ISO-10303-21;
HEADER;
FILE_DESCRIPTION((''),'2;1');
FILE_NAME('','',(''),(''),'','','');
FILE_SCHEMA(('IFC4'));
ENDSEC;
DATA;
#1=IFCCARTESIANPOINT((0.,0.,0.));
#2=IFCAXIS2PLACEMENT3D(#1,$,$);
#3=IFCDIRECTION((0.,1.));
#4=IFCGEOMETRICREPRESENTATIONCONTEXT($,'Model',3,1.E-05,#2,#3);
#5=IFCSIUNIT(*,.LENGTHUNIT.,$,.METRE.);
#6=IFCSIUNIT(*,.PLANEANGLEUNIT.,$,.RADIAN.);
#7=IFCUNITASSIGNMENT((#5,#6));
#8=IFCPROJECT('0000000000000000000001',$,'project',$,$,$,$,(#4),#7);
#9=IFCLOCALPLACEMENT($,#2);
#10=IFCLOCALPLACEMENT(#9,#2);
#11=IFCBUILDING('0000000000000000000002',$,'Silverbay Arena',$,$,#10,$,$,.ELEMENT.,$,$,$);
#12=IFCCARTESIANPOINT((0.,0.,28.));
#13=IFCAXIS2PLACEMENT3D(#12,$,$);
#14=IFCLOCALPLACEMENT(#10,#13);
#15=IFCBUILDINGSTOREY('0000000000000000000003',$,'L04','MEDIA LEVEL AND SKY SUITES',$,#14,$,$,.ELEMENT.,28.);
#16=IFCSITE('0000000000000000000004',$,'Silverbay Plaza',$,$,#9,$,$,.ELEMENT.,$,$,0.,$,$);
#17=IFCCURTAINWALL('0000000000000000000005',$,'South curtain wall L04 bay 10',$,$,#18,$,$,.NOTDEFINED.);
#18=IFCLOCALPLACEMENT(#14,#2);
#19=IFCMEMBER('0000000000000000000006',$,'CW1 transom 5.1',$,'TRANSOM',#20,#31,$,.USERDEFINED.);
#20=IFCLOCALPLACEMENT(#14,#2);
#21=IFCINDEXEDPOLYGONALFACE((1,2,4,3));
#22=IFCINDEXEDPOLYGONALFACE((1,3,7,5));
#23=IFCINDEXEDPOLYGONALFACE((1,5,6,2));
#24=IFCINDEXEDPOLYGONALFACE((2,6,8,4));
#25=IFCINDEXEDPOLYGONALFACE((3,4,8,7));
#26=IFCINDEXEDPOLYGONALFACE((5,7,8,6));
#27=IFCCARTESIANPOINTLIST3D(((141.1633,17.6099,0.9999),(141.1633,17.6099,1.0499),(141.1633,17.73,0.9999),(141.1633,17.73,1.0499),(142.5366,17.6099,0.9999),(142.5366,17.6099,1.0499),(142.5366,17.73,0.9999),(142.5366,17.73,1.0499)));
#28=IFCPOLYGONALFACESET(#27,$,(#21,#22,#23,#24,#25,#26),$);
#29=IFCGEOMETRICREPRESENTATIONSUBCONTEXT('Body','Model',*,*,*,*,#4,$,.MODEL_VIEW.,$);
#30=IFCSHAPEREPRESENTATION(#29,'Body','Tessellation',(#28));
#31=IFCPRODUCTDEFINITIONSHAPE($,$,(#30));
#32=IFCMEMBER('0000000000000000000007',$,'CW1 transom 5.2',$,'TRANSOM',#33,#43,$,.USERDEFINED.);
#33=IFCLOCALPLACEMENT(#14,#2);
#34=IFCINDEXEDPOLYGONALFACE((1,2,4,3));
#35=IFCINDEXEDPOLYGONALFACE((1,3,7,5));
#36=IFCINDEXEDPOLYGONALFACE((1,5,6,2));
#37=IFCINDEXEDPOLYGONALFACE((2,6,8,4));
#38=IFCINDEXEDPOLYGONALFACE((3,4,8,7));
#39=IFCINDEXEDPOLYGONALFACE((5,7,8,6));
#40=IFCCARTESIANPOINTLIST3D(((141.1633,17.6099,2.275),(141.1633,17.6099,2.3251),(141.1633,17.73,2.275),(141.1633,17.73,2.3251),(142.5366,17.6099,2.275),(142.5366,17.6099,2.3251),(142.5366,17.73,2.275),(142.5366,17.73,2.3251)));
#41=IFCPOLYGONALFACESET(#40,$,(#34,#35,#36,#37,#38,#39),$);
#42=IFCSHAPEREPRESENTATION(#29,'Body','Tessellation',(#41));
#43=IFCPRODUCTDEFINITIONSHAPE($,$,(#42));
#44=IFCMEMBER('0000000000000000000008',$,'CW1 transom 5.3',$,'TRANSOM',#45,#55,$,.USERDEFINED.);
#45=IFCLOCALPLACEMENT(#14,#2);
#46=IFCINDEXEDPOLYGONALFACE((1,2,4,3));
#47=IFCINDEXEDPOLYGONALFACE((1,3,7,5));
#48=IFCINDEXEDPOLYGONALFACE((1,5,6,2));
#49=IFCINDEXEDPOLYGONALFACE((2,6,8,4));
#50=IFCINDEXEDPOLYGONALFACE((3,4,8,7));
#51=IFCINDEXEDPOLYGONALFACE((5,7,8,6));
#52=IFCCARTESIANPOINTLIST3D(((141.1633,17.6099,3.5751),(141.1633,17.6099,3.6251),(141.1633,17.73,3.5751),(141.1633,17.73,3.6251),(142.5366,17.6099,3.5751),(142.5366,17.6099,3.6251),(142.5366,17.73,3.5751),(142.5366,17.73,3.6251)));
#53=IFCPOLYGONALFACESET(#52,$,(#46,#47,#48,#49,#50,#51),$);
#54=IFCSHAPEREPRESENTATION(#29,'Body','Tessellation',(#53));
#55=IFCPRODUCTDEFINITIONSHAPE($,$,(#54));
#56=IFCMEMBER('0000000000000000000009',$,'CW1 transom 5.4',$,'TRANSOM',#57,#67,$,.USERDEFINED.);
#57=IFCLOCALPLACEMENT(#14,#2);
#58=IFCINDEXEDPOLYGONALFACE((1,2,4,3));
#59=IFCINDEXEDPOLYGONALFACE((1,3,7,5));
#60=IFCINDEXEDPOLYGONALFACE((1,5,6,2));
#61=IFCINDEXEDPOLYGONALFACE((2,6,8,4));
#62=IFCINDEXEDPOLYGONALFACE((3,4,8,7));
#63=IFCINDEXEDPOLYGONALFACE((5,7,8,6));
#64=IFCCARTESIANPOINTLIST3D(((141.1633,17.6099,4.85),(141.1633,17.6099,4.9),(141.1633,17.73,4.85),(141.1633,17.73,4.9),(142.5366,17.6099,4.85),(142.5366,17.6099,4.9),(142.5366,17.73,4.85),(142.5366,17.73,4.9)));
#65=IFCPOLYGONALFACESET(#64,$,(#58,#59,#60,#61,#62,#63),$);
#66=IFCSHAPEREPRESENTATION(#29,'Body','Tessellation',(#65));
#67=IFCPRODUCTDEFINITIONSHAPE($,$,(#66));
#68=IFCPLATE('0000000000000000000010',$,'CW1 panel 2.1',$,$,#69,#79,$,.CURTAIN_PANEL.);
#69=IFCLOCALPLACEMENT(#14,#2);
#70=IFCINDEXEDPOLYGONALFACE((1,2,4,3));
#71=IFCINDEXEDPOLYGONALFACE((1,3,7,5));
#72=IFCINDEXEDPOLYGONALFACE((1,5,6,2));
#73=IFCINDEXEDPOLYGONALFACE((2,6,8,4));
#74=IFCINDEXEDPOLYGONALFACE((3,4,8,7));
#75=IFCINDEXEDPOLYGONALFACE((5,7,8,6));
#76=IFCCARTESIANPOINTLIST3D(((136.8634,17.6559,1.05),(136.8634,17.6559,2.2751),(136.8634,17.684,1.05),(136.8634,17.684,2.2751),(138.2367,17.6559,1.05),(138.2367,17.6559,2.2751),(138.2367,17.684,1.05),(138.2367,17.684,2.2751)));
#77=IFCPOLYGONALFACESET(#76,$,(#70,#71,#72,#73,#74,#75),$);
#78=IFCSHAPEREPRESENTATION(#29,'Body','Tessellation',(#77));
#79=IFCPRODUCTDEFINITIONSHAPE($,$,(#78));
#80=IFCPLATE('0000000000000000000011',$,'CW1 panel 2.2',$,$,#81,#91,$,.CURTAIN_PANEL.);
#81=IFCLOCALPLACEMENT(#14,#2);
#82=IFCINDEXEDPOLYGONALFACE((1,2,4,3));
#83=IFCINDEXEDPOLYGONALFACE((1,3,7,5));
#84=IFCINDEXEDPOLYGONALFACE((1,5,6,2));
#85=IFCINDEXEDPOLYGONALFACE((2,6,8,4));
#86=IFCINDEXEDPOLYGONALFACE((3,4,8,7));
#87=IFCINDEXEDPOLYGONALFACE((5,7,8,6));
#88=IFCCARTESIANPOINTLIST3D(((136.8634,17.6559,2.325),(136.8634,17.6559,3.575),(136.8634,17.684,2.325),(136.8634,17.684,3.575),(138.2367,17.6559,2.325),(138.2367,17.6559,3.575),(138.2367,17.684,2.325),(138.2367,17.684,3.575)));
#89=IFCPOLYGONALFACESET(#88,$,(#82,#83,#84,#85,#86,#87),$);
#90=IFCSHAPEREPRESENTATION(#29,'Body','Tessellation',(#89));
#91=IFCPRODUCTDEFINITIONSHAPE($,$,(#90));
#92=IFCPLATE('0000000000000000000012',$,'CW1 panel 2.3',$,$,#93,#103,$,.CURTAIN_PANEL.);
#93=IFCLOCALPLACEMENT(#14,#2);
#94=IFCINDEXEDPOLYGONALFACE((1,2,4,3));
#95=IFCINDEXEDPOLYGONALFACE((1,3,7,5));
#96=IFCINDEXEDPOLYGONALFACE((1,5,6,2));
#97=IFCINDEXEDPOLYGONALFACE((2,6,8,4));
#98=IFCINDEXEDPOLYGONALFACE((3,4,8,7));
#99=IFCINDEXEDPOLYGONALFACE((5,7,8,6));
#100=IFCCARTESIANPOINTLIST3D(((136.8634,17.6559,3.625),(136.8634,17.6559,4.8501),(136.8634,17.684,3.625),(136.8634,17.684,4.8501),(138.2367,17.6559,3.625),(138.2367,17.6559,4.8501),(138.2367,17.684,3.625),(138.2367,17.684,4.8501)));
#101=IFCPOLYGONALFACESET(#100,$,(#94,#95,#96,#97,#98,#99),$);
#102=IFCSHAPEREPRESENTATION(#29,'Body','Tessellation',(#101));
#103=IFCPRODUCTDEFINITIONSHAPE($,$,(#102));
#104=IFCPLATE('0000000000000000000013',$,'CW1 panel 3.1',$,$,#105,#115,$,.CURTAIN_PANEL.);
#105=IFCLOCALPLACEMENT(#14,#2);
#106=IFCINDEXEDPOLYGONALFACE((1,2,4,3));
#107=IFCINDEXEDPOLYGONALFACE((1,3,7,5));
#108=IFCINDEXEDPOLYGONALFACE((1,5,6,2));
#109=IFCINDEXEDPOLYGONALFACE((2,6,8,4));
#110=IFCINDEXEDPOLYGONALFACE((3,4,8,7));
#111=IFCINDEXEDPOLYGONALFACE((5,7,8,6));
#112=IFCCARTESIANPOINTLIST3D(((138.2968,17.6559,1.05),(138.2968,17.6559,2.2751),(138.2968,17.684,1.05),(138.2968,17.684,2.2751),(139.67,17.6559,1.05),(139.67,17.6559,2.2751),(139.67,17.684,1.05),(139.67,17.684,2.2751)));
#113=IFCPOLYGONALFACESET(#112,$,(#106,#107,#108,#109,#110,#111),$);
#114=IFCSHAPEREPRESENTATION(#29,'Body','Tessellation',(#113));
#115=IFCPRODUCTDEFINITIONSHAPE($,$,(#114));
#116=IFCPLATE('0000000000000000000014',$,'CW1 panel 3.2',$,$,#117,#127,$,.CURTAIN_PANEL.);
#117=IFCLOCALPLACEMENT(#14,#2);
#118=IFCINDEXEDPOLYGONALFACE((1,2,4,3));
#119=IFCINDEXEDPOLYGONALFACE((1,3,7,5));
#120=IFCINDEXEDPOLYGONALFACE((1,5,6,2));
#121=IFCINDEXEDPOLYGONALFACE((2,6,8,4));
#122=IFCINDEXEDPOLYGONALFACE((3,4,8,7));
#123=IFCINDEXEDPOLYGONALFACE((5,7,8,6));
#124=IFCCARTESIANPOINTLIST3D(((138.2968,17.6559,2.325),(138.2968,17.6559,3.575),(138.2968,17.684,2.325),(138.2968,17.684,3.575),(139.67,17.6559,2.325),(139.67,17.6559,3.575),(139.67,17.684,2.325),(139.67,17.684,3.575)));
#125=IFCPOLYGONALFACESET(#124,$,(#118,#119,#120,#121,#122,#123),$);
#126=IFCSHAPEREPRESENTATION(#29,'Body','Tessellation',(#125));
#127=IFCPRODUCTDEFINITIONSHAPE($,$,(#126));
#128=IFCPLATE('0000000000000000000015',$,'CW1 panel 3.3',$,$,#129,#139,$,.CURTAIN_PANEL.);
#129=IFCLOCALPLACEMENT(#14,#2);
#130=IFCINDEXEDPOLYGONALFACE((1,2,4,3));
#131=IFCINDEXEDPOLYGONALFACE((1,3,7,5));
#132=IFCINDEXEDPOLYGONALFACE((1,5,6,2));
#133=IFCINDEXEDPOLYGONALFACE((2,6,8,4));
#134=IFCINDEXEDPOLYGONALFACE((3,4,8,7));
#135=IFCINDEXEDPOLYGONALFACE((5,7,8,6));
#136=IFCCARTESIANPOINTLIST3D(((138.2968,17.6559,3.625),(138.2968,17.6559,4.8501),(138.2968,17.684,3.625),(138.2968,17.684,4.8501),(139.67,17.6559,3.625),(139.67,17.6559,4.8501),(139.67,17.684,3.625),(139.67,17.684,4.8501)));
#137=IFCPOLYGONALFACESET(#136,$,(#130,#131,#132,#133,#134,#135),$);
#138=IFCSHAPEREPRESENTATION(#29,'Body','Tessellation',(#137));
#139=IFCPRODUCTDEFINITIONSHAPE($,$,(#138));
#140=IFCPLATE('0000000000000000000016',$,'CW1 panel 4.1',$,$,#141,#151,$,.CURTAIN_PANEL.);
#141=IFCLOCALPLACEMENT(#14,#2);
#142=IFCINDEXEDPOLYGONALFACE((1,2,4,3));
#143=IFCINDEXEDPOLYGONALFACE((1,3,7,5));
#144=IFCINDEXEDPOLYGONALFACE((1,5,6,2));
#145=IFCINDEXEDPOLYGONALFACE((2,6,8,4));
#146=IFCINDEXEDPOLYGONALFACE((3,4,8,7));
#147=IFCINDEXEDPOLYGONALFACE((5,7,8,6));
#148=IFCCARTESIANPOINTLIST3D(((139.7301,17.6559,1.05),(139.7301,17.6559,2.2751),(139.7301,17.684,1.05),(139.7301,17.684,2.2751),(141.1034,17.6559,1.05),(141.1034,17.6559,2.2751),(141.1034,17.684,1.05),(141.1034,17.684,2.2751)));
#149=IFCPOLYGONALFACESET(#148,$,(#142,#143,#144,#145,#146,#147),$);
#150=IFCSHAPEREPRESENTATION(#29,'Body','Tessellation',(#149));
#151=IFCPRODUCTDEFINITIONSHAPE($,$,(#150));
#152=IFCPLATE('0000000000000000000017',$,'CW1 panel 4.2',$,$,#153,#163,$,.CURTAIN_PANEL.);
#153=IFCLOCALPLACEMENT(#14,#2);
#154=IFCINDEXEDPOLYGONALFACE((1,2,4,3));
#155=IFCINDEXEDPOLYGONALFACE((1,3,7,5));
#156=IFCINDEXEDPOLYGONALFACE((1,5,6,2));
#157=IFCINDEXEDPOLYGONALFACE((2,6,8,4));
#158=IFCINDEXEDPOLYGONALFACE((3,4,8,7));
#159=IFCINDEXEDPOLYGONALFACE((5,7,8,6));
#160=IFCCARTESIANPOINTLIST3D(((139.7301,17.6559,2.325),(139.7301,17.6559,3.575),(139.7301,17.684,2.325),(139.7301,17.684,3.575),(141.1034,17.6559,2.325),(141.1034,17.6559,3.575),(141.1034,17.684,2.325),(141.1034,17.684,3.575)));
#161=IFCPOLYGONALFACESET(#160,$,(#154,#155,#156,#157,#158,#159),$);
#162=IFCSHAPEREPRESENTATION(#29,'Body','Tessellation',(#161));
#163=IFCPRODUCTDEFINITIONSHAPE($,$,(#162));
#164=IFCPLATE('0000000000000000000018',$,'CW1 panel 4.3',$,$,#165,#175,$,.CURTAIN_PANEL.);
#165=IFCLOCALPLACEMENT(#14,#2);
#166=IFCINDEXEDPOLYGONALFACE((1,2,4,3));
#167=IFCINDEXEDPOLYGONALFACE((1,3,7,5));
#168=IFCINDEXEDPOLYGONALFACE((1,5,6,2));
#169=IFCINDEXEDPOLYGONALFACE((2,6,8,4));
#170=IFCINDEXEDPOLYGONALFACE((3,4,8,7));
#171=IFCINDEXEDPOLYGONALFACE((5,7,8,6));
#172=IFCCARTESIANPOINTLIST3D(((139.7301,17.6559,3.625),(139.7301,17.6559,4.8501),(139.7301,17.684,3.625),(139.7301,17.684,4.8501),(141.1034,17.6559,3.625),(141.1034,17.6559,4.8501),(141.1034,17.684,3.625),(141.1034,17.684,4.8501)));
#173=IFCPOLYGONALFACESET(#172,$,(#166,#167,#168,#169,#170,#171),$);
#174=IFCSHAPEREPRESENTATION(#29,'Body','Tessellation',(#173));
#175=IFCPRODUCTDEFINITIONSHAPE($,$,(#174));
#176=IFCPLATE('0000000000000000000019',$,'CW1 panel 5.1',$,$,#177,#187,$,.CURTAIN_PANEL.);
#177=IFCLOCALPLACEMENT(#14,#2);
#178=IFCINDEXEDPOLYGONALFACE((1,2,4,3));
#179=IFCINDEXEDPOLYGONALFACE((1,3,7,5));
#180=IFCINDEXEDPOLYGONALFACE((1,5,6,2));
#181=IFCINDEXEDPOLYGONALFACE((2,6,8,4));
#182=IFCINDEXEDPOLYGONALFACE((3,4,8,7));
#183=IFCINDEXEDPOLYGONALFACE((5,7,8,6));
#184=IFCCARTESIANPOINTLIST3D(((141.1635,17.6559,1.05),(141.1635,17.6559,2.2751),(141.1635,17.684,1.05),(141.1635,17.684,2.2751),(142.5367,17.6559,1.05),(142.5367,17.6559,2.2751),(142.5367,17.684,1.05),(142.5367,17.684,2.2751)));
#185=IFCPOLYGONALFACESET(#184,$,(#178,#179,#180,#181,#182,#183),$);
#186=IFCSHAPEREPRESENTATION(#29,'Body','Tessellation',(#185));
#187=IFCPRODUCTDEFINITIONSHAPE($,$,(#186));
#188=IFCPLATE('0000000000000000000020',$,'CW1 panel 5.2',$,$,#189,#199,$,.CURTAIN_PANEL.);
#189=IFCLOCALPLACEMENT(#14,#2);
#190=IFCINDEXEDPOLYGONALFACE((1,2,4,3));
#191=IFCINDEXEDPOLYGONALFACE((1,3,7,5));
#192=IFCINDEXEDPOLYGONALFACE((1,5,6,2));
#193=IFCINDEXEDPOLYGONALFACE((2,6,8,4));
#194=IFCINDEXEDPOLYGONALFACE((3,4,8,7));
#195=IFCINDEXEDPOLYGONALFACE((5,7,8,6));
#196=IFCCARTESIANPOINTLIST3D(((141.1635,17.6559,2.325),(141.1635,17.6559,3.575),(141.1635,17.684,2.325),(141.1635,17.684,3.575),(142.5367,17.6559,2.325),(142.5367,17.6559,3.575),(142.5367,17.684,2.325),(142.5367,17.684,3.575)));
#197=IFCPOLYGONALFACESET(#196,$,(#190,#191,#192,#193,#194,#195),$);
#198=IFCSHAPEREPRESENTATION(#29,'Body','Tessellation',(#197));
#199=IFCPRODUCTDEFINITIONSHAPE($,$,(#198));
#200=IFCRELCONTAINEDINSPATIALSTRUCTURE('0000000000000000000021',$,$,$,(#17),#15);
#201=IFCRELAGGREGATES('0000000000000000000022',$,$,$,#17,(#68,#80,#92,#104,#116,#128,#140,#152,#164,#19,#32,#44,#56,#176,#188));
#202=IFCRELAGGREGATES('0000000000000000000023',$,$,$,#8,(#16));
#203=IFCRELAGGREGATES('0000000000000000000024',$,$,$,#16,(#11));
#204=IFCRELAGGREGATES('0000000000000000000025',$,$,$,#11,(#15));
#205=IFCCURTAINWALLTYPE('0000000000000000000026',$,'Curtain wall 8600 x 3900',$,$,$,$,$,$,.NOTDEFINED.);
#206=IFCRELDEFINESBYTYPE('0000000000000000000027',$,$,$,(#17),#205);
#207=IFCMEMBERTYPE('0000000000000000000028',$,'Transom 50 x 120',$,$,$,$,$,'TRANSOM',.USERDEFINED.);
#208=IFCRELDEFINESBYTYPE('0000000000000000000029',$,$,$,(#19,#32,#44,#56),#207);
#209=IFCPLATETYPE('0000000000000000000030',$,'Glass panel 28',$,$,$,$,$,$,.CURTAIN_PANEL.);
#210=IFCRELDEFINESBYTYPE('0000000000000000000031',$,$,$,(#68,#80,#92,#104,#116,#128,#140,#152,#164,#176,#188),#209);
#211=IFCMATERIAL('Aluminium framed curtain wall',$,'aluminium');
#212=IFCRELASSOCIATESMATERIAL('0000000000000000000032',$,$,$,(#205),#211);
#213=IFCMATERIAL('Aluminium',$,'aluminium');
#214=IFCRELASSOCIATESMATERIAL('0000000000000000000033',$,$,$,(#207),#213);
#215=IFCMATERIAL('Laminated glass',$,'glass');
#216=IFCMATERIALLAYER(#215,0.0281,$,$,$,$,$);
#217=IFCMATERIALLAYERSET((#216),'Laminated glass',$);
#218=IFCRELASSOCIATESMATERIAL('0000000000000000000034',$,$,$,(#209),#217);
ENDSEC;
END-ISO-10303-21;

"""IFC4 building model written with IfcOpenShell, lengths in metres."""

from ifc_helpers import new_model, si_unit, direction, frame, origin, origin_2d, place, context, subcontext, project, spatial, rectangle, extrude, material, layer, layer_set, material_profile, profile_set, type_object, element, aggregate, save


model = new_model("IFC4")

# Units and contexts
model_context = context("Model", 3, precision=1e-05, world=origin(), true_north=direction((0.0, 1.0)))
body_context = subcontext(model_context, "Body", "Model", "MODEL_VIEW")
ifc_project = project(units=[si_unit("LENGTHUNIT", "METRE"), si_unit("PLANEANGLEUNIT", "RADIAN")], contexts=[model_context])

# Site, building, storey
site_placement = place(None, origin())
site = spatial("IfcSite", under=ifc_project, at=site_placement, Name="Silverbay Plaza", CompositionType="ELEMENT", RefElevation=0.0)
building_placement = place(site_placement, origin())
building = spatial("IfcBuilding", under=site, at=building_placement, Name="Silverbay Arena", CompositionType="ELEMENT")
storey_placement = place(building_placement, frame((0.0, 0.0, 28.0)))
storey = spatial("IfcBuildingStorey", under=building, at=storey_placement, Name="L04", Description="MEDIA LEVEL AND SKY SUITES", CompositionType="ELEMENT", Elevation=28.0)

# Curtain wall, members, plates
ifc_material_1 = material(Name="Aluminium framed curtain wall", Category="aluminium")
curtain_wall_type = type_object("IfcCurtainWallType", Name="Curtain wall 8600 x 3900", PredefinedType="NOTDEFINED", material=ifc_material_1)
curtain_wall_placement = place(storey_placement, origin())
curtain_wall = element("IfcCurtainWall", 1, at=curtain_wall_placement, inside=storey, type_object=curtain_wall_type, Name="South curtain wall L04 bay 10", PredefinedType="NOTDEFINED")
ifc_material_2 = material(Name="Aluminium", Category="aluminium")
ifc_material_profile_1 = material_profile(ifc_material_2, rectangle(XDim=0.1201, YDim=0.05, at=origin_2d()), Name="Transom 50 x 120")
ifc_profile_set_1 = profile_set([ifc_material_profile_1], Name="Aluminium")
member_type_1 = type_object("IfcMemberType", Name="Transom 50 x 120", ElementType="TRANSOM", PredefinedType="USERDEFINED", material=ifc_profile_set_1)
member_1_placement = place(storey_placement, frame((141.1633, 17.6699, 1.0249), z_axis=(1.0, 0.0, 0.0), x_axis=(0.0, 1.0, 0.0)))
member_1 = element("IfcMember", 2, at=member_1_placement, type_object=member_type_1, Name="CW1 transom 5.1", ObjectType="TRANSOM", PredefinedType="USERDEFINED", context=body_context, shape_type="SweptSolid", body=[
    extrude(rectangle(XDim=0.1201, YDim=0.05, at=origin_2d()), origin(), (0.0, 0.0, 1.0), 1.3733),
])
member_2_placement = place(storey_placement, frame((141.1633, 17.6699, 2.3), z_axis=(1.0, 0.0, 0.0), x_axis=(0.0, 1.0, 0.0)))
member_2 = element("IfcMember", 3, at=member_2_placement, type_object=member_type_1, Name="CW1 transom 5.2", ObjectType="TRANSOM", PredefinedType="USERDEFINED", context=body_context, shape_type="SweptSolid", body=[
    extrude(rectangle(XDim=0.1201, YDim=0.05, at=origin_2d()), origin(), (0.0, 0.0, 1.0), 1.3733),
])
member_3_placement = place(storey_placement, frame((141.1633, 17.6699, 3.6001), z_axis=(1.0, 0.0, 0.0), x_axis=(0.0, 1.0, 0.0)))
member_3 = element("IfcMember", 4, at=member_3_placement, type_object=member_type_1, Name="CW1 transom 5.3", ObjectType="TRANSOM", PredefinedType="USERDEFINED", context=body_context, shape_type="SweptSolid", body=[
    extrude(rectangle(XDim=0.1201, YDim=0.05, at=origin_2d()), origin(), (0.0, 0.0, 1.0), 1.3733),
])
member_4_placement = place(storey_placement, frame((141.1633, 17.6699, 4.875), z_axis=(1.0, 0.0, 0.0), x_axis=(0.0, 1.0, 0.0)))
member_4 = element("IfcMember", 5, at=member_4_placement, type_object=member_type_1, Name="CW1 transom 5.4", ObjectType="TRANSOM", PredefinedType="USERDEFINED", context=body_context, shape_type="SweptSolid", body=[
    extrude(rectangle(XDim=0.1201, YDim=0.05, at=origin_2d()), origin(), (0.0, 0.0, 1.0), 1.3733),
])
ifc_material_3 = material(Name="Laminated glass", Category="glass")
ifc_layer = layer(ifc_material_3, 0.0281)
ifc_layer_set = layer_set([ifc_layer], Name="Laminated glass")
plate_type = type_object("IfcPlateType", Name="Glass panel 28", PredefinedType="CURTAIN_PANEL", material=ifc_layer_set)
plate_1_placement = place(storey_placement, frame((137.55, 17.6699, 1.05), z_axis=(0.0, 0.0, 1.0), x_axis=(1.0, 0.0, 0.0)))
plate_1 = element("IfcPlate", 6, at=plate_1_placement, type_object=plate_type, Name="CW1 panel 2.1", PredefinedType="CURTAIN_PANEL", context=body_context, shape_type="SweptSolid", body=[
    extrude(rectangle(XDim=1.3733, YDim=0.0281, at=origin_2d()), origin(), (0.0, 0.0, 1.0), 1.2251),
])
plate_2_placement = place(storey_placement, frame((137.55, 17.6699, 2.325), z_axis=(0.0, 0.0, 1.0), x_axis=(1.0, 0.0, 0.0)))
plate_2 = element("IfcPlate", 7, at=plate_2_placement, type_object=plate_type, Name="CW1 panel 2.2", PredefinedType="CURTAIN_PANEL", context=body_context, shape_type="SweptSolid", body=[
    extrude(rectangle(XDim=1.3733, YDim=0.0281, at=origin_2d()), origin(), (0.0, 0.0, 1.0), 1.25),
])
plate_3_placement = place(storey_placement, frame((137.55, 17.6699, 3.625), z_axis=(0.0, 0.0, 1.0), x_axis=(1.0, 0.0, 0.0)))
plate_3 = element("IfcPlate", 8, at=plate_3_placement, type_object=plate_type, Name="CW1 panel 2.3", PredefinedType="CURTAIN_PANEL", context=body_context, shape_type="SweptSolid", body=[
    extrude(rectangle(XDim=1.3733, YDim=0.0281, at=origin_2d()), origin(), (0.0, 0.0, 1.0), 1.2251),
])
plate_4_placement = place(storey_placement, frame((138.9834, 17.6699, 1.05), z_axis=(0.0, 0.0, 1.0), x_axis=(1.0, 0.0, 0.0)))
plate_4 = element("IfcPlate", 9, at=plate_4_placement, type_object=plate_type, Name="CW1 panel 3.1", PredefinedType="CURTAIN_PANEL", context=body_context, shape_type="SweptSolid", body=[
    extrude(rectangle(XDim=1.3733, YDim=0.0281, at=origin_2d()), origin(), (0.0, 0.0, 1.0), 1.2251),
])
plate_5_placement = place(storey_placement, frame((138.9834, 17.6699, 2.325), z_axis=(0.0, 0.0, 1.0), x_axis=(1.0, 0.0, 0.0)))
plate_5 = element("IfcPlate", 10, at=plate_5_placement, type_object=plate_type, Name="CW1 panel 3.2", PredefinedType="CURTAIN_PANEL", context=body_context, shape_type="SweptSolid", body=[
    extrude(rectangle(XDim=1.3733, YDim=0.0281, at=origin_2d()), origin(), (0.0, 0.0, 1.0), 1.25),
])
plate_6_placement = place(storey_placement, frame((138.9834, 17.6699, 3.625), z_axis=(0.0, 0.0, 1.0), x_axis=(1.0, 0.0, 0.0)))
plate_6 = element("IfcPlate", 11, at=plate_6_placement, type_object=plate_type, Name="CW1 panel 3.3", PredefinedType="CURTAIN_PANEL", context=body_context, shape_type="SweptSolid", body=[
    extrude(rectangle(XDim=1.3733, YDim=0.0281, at=origin_2d()), origin(), (0.0, 0.0, 1.0), 1.2251),
])
plate_7_placement = place(storey_placement, frame((140.4167, 17.6699, 1.05), z_axis=(0.0, 0.0, 1.0), x_axis=(1.0, 0.0, 0.0)))
plate_7 = element("IfcPlate", 12, at=plate_7_placement, type_object=plate_type, Name="CW1 panel 4.1", PredefinedType="CURTAIN_PANEL", context=body_context, shape_type="SweptSolid", body=[
    extrude(rectangle(XDim=1.3733, YDim=0.0281, at=origin_2d()), origin(), (0.0, 0.0, 1.0), 1.2251),
])
plate_8_placement = place(storey_placement, frame((140.4167, 17.6699, 2.325), z_axis=(0.0, 0.0, 1.0), x_axis=(1.0, 0.0, 0.0)))
plate_8 = element("IfcPlate", 13, at=plate_8_placement, type_object=plate_type, Name="CW1 panel 4.2", PredefinedType="CURTAIN_PANEL", context=body_context, shape_type="SweptSolid", body=[
    extrude(rectangle(XDim=1.3733, YDim=0.0281, at=origin_2d()), origin(), (0.0, 0.0, 1.0), 1.25),
])
plate_9_placement = place(storey_placement, frame((140.4167, 17.6699, 3.625), z_axis=(0.0, 0.0, 1.0), x_axis=(1.0, 0.0, 0.0)))
plate_9 = element("IfcPlate", 14, at=plate_9_placement, type_object=plate_type, Name="CW1 panel 4.3", PredefinedType="CURTAIN_PANEL", context=body_context, shape_type="SweptSolid", body=[
    extrude(rectangle(XDim=1.3733, YDim=0.0281, at=origin_2d()), origin(), (0.0, 0.0, 1.0), 1.2251),
])
plate_10_placement = place(storey_placement, frame((141.8501, 17.6699, 1.05), z_axis=(0.0, 0.0, 1.0), x_axis=(1.0, 0.0, 0.0)))
plate_10 = element("IfcPlate", 15, at=plate_10_placement, type_object=plate_type, Name="CW1 panel 5.1", PredefinedType="CURTAIN_PANEL", context=body_context, shape_type="SweptSolid", body=[
    extrude(rectangle(XDim=1.3733, YDim=0.0281, at=origin_2d()), origin(), (0.0, 0.0, 1.0), 1.2251),
])
plate_11_placement = place(storey_placement, frame((141.8501, 17.6699, 2.325), z_axis=(0.0, 0.0, 1.0), x_axis=(1.0, 0.0, 0.0)))
plate_11 = element("IfcPlate", 16, at=plate_11_placement, type_object=plate_type, Name="CW1 panel 5.2", PredefinedType="CURTAIN_PANEL", context=body_context, shape_type="SweptSolid", body=[
    extrude(rectangle(XDim=1.3733, YDim=0.0281, at=origin_2d()), origin(), (0.0, 0.0, 1.0), 1.25),
])
aggregate(curtain_wall, [plate_1, plate_2, plate_3, plate_4, plate_5, plate_6, plate_7, plate_8, plate_9, member_1, member_2, member_3, member_4, plate_10, plate_11])

save(model, "model.ifc")
